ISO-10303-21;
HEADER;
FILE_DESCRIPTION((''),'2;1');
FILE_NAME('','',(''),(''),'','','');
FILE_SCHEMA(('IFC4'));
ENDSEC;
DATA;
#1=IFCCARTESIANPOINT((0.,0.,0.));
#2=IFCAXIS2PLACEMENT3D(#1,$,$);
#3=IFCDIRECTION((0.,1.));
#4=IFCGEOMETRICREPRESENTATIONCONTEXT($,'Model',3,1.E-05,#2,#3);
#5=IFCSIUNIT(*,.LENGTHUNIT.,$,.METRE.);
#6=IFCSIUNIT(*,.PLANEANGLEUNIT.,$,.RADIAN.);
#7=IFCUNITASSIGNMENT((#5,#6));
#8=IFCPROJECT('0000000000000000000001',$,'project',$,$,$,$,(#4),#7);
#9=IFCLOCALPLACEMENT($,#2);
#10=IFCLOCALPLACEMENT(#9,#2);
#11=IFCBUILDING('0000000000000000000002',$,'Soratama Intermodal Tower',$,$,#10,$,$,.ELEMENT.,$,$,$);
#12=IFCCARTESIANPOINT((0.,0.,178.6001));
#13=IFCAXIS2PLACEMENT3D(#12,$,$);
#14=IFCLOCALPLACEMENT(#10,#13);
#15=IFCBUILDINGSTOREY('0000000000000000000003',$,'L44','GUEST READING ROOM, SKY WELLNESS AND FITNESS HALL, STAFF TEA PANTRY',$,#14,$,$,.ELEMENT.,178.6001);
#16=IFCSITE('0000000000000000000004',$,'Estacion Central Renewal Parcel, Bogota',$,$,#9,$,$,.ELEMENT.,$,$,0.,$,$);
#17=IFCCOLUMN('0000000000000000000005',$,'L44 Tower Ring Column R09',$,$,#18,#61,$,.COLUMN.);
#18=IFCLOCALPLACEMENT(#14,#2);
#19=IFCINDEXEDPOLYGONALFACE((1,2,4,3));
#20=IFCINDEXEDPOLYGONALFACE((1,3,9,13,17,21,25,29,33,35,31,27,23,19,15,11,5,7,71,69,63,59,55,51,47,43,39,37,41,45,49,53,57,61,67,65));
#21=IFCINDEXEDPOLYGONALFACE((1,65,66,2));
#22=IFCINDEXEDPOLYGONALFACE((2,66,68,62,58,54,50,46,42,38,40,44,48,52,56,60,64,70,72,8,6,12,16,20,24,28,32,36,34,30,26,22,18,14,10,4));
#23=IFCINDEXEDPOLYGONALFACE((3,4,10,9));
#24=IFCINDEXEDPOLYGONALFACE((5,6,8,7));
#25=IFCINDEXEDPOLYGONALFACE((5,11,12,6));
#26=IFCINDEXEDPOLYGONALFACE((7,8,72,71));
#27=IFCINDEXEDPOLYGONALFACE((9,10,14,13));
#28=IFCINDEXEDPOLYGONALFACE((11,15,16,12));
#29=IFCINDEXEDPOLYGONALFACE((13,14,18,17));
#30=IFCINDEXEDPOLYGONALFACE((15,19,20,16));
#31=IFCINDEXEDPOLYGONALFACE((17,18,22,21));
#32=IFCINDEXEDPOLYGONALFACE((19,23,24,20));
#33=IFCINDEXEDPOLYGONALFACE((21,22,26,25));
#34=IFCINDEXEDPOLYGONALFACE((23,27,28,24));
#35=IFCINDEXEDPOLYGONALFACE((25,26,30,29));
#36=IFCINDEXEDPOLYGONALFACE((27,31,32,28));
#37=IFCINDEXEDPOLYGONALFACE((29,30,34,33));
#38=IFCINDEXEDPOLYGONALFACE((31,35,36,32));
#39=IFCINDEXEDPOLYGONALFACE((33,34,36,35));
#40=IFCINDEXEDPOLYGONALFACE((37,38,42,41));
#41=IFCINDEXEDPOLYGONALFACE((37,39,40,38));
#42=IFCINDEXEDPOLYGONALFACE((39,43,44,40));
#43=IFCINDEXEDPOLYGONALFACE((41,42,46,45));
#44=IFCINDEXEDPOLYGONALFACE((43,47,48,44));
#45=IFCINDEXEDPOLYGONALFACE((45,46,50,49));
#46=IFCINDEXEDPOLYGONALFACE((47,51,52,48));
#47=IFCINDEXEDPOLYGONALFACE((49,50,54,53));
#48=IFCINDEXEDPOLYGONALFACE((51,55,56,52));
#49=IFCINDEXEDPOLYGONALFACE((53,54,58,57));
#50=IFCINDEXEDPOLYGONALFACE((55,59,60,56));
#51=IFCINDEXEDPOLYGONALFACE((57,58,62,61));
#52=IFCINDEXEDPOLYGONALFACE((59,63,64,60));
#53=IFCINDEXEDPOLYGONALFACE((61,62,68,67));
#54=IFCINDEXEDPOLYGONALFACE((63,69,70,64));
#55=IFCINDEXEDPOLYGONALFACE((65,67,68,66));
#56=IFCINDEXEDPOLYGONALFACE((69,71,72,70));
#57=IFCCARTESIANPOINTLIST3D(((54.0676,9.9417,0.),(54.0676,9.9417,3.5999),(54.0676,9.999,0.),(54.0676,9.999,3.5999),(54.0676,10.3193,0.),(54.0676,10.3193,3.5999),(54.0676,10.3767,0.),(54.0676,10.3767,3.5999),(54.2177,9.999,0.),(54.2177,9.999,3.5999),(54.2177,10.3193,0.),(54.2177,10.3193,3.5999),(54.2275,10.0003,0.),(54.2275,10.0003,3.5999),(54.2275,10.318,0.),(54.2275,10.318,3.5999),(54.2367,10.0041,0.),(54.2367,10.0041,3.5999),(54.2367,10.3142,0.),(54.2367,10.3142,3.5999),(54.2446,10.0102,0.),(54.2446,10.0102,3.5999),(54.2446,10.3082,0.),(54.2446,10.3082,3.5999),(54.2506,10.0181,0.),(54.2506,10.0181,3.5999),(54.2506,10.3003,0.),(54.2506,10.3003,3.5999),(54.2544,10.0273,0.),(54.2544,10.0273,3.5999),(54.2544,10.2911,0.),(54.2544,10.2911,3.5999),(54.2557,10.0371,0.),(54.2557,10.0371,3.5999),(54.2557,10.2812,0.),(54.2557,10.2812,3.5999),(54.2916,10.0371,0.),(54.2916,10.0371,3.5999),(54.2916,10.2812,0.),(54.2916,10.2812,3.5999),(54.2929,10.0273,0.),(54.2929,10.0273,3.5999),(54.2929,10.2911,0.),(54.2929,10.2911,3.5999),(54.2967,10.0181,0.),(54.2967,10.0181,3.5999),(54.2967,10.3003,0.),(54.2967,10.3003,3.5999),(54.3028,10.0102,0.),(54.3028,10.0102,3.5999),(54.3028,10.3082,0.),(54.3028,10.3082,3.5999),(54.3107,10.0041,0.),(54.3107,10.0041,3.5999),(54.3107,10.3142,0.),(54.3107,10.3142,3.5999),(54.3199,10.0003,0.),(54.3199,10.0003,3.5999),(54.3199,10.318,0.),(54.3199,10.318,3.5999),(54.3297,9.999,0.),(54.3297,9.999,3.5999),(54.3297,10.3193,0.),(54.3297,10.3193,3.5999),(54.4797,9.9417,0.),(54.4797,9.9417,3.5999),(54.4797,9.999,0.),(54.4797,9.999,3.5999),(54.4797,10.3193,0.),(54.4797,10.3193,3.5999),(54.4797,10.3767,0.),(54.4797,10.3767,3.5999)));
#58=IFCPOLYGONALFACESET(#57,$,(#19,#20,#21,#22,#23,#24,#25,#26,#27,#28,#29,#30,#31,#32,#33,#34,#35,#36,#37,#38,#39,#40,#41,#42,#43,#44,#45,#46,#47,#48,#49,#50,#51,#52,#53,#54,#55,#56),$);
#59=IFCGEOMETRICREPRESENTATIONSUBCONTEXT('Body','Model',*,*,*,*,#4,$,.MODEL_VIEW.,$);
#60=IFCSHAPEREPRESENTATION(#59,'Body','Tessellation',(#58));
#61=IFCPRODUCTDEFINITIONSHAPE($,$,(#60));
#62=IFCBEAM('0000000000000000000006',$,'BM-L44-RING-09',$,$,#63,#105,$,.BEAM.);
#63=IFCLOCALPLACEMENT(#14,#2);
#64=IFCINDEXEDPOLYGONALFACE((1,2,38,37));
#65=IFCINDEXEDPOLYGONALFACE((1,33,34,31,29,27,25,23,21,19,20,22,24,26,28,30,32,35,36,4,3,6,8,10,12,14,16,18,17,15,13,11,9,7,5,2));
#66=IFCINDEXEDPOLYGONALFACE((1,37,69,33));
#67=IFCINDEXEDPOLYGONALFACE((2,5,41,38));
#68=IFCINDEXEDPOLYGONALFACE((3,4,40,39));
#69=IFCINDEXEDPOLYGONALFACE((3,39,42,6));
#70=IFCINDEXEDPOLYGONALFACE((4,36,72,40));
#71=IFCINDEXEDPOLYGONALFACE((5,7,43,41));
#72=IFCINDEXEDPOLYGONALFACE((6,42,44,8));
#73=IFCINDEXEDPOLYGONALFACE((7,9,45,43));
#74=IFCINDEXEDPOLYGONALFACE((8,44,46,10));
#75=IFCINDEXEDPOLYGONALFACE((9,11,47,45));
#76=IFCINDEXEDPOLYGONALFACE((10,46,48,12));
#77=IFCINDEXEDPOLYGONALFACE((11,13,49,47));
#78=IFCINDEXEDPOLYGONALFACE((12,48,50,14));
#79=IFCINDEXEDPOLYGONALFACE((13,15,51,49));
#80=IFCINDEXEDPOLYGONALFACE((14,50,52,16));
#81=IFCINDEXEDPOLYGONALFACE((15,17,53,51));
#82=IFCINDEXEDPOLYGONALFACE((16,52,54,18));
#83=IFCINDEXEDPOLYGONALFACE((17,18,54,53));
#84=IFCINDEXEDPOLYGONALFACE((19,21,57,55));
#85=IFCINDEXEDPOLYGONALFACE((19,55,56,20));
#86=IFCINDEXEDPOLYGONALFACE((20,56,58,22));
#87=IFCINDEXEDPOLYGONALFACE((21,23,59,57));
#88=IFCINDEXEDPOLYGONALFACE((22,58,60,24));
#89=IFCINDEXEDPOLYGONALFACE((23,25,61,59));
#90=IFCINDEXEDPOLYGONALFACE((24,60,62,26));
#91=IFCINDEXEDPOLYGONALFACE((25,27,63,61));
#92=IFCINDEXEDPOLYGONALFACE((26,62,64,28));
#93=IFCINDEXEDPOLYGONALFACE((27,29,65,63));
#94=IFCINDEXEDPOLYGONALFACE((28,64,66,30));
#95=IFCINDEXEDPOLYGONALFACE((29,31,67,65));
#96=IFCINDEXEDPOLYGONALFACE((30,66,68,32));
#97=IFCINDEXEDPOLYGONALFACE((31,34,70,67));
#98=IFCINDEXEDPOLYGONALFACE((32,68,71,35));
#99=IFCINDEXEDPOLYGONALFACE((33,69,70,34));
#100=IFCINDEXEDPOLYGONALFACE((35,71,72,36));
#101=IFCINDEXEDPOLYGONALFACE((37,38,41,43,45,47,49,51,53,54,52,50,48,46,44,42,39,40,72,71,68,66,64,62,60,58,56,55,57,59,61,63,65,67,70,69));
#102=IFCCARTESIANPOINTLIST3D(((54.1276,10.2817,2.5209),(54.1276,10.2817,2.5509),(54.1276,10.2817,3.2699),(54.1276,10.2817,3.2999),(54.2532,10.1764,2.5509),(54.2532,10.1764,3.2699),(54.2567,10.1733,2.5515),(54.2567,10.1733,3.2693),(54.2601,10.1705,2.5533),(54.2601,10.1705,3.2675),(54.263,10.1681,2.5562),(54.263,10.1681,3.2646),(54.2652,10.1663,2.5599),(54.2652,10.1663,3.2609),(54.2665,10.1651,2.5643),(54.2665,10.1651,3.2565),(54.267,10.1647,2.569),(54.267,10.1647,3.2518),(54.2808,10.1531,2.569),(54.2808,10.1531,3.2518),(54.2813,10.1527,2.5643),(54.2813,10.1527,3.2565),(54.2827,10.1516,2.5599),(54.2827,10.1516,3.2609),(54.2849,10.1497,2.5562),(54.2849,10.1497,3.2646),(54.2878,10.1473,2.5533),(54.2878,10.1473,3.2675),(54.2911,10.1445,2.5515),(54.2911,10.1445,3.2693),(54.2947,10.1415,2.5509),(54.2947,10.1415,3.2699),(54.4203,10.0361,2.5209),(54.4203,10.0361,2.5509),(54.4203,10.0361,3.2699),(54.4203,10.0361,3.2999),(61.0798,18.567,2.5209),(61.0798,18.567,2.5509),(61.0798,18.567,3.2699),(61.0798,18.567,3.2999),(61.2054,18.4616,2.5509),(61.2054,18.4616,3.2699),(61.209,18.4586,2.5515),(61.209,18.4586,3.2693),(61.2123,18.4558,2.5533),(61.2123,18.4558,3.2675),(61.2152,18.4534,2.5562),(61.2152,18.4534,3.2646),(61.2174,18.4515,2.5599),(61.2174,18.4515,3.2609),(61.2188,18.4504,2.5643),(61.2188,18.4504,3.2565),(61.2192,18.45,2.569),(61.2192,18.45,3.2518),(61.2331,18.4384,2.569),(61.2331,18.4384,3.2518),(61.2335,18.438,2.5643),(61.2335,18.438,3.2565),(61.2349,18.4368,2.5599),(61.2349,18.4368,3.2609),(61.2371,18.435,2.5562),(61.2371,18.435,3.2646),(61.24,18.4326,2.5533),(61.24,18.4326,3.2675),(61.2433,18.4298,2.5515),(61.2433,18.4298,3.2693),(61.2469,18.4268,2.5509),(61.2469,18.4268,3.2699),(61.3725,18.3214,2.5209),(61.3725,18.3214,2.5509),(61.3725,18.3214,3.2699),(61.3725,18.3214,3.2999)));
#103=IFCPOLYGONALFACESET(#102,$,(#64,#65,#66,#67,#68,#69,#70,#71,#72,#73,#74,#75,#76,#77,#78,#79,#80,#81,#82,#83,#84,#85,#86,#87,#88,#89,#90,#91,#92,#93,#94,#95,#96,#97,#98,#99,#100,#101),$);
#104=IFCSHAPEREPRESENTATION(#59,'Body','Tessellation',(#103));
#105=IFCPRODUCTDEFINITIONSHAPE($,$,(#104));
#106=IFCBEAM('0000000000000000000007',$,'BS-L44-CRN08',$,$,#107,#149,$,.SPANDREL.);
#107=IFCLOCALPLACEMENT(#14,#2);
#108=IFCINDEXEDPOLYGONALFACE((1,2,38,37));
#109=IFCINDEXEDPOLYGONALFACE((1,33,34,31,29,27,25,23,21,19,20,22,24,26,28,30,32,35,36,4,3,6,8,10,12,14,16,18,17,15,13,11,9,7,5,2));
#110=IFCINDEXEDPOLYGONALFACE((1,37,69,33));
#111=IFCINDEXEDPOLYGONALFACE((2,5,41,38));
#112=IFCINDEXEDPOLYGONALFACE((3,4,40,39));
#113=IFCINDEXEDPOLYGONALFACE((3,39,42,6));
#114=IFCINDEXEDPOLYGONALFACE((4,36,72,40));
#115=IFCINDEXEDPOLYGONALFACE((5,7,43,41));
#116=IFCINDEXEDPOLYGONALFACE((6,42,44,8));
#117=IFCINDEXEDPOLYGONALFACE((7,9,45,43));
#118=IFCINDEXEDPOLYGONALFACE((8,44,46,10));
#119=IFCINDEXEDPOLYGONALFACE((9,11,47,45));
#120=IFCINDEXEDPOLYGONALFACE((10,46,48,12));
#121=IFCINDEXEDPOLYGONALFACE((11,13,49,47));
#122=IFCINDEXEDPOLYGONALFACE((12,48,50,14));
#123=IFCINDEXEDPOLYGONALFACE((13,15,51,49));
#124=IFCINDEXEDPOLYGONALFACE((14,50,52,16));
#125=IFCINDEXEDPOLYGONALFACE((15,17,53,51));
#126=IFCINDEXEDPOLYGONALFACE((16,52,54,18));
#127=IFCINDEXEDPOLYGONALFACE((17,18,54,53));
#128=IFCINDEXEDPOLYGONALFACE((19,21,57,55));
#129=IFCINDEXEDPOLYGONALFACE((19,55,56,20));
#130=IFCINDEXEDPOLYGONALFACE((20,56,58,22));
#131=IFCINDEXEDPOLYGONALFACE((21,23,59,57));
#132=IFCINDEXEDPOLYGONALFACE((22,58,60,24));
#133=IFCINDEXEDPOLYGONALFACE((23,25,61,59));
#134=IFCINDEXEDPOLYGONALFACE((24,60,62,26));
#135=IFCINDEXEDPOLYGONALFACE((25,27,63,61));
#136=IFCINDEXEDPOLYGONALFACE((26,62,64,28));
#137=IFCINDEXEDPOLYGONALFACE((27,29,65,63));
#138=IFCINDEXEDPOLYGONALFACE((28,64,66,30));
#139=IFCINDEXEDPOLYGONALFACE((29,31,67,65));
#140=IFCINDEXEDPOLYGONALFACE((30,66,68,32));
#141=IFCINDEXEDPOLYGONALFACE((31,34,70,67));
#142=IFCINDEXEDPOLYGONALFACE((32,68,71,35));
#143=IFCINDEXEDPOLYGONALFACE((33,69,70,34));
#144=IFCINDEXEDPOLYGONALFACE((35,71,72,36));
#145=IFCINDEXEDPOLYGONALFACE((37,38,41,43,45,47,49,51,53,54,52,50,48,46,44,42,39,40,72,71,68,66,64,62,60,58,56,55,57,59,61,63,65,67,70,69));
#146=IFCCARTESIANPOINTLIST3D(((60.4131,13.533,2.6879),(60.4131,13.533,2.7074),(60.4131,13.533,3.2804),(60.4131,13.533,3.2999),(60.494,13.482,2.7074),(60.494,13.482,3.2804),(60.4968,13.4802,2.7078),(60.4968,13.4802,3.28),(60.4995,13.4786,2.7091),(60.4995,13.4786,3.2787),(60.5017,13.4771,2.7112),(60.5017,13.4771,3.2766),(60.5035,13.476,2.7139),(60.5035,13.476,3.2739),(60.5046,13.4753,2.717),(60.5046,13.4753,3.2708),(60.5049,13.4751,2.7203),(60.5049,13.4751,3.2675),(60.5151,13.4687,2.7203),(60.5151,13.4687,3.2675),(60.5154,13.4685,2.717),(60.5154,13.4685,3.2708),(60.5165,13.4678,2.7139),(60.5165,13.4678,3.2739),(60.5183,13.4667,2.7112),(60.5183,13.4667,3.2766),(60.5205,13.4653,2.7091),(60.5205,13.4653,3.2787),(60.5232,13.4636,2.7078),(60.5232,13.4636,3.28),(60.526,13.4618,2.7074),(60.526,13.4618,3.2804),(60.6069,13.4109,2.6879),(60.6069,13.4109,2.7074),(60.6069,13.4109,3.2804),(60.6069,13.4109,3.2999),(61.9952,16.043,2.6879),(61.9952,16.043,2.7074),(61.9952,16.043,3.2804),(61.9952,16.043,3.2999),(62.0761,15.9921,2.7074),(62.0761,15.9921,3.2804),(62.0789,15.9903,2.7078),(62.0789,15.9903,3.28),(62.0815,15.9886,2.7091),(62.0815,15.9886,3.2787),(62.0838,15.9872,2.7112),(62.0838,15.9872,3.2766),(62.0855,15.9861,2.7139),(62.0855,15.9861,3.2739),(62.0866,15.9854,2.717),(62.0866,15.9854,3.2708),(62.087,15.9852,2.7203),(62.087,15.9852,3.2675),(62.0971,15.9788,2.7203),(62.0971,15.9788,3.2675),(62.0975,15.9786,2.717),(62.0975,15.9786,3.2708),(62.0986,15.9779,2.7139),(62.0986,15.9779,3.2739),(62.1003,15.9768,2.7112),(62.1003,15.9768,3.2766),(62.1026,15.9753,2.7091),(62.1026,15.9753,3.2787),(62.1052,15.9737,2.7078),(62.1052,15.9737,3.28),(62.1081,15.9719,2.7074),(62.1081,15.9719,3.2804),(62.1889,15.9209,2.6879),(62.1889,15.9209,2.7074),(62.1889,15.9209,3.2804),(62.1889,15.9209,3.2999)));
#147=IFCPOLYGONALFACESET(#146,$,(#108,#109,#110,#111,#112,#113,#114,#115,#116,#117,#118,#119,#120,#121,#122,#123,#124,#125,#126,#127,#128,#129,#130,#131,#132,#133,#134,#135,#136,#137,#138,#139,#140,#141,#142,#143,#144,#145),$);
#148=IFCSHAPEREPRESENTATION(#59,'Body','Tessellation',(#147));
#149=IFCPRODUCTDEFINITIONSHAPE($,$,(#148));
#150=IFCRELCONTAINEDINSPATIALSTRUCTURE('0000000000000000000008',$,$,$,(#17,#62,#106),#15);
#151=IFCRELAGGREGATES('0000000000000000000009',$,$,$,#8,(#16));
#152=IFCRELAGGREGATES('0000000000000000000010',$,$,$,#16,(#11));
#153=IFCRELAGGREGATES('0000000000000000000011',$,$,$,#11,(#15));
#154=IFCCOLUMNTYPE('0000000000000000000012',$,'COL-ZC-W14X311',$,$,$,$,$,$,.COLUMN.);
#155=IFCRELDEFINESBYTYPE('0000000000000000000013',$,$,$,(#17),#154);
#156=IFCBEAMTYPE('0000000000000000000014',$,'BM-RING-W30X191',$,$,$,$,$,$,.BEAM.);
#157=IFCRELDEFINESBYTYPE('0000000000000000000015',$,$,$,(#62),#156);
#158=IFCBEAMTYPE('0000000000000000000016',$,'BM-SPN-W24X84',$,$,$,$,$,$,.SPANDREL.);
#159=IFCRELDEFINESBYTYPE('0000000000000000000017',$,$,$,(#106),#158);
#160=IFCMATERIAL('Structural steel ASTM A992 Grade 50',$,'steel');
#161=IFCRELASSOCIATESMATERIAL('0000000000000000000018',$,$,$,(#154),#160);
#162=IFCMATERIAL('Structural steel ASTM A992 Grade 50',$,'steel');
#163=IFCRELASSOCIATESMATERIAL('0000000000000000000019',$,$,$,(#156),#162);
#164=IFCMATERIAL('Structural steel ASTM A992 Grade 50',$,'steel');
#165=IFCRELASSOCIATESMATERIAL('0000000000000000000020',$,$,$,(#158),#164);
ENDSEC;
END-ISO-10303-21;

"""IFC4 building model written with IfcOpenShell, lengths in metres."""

from ifc_helpers import new_model, si_unit, direction, frame, origin, origin_2d, place, context, subcontext, project, spatial, i_section, extrude, material, material_profile, profile_set, type_object, element, save


model = new_model("IFC4")

# Units and contexts
model_context = context("Model", 3, precision=1e-05, world=origin(), true_north=direction((0.0, 1.0)))
body_context = subcontext(model_context, "Body", "Model", "MODEL_VIEW")
ifc_project = project(units=[si_unit("LENGTHUNIT", "METRE"), si_unit("PLANEANGLEUNIT", "RADIAN")], contexts=[model_context])

# Site, building, storey
site_placement = place(None, origin())
site = spatial("IfcSite", under=ifc_project, at=site_placement, Name="Estacion Central Renewal Parcel, Bogota", CompositionType="ELEMENT", RefElevation=0.0)
building_placement = place(site_placement, origin())
building = spatial("IfcBuilding", under=site, at=building_placement, Name="Soratama Intermodal Tower", CompositionType="ELEMENT")
storey_placement = place(building_placement, frame((0.0, 0.0, 178.6001)))
storey = spatial("IfcBuildingStorey", under=building, at=storey_placement, Name="L44", Description="GUEST READING ROOM, SKY WELLNESS AND FITNESS HALL, STAFF TEA PANTRY", CompositionType="ELEMENT", Elevation=178.6001)

# Column
ifc_material_1 = material(Name="Structural steel ASTM A992 Grade 50", Category="steel")
ifc_material_profile_1 = material_profile(ifc_material_1, i_section(OverallWidth=0.4121, OverallDepth=0.4351, WebThickness=0.0359, FlangeThickness=0.0574, FilletRadius=0.0381, at=origin_2d()), Name="W14X311")
ifc_profile_set_1 = profile_set([ifc_material_profile_1], Name="Structural steel ASTM A992 Grade 50")
column_type = type_object("IfcColumnType", Name="COL-ZC-W14X311", PredefinedType="COLUMN", material=ifc_profile_set_1)
column_placement = place(storey_placement, frame((54.2737, 10.1592, 0.0), z_axis=(0.0, 0.0, 1.0), x_axis=(1.0, 0.0, 0.0)))
element("IfcColumn", 1, at=column_placement, inside=storey, type_object=column_type, Name="L44 Tower Ring Column R09", PredefinedType="COLUMN", context=body_context, shape_type="SweptSolid", body=[
    extrude(i_section(OverallWidth=0.4121, OverallDepth=0.4351, WebThickness=0.0359, FlangeThickness=0.0574, FilletRadius=0.0381, at=origin_2d()), origin(), (0.0, 0.0, 1.0), 3.5999),
])

# Beams
ifc_material_2 = material(Name="Structural steel ASTM A992 Grade 50", Category="steel")
ifc_material_profile_2 = material_profile(ifc_material_2, i_section(OverallWidth=0.3821, OverallDepth=0.7791, WebThickness=0.0181, FlangeThickness=0.03, FilletRadius=0.0181, at=origin_2d()), Name="W30X191")
ifc_profile_set_2 = profile_set([ifc_material_profile_2], Name="Structural steel ASTM A992 Grade 50")
beam_type_1 = type_object("IfcBeamType", Name="BM-RING-W30X191", PredefinedType="BEAM", material=ifc_profile_set_2)
beam_1_placement = place(storey_placement, frame((54.2739, 10.1589, 2.9104), z_axis=(0.642792, 0.766041, 0.0), x_axis=(-0.766041, 0.642792, 0.0)))
element("IfcBeam", 2, at=beam_1_placement, inside=storey, type_object=beam_type_1, Name="BM-L44-RING-09", PredefinedType="BEAM", context=body_context, shape_type="SweptSolid", body=[
    extrude(i_section(OverallWidth=0.3821, OverallDepth=0.7791, WebThickness=0.0181, FlangeThickness=0.03, FilletRadius=0.0181, at=origin_2d()), origin(), (0.0, 0.0, 1.0), 10.8157),
])
ifc_material_3 = material(Name="Structural steel ASTM A992 Grade 50", Category="steel")
ifc_material_profile_3 = material_profile(ifc_material_3, i_section(OverallWidth=0.229, OverallDepth=0.6121, WebThickness=0.012, FlangeThickness=0.0195, FilletRadius=0.0129, at=origin_2d()), Name="W24X84")
ifc_profile_set_3 = profile_set([ifc_material_profile_3], Name="Structural steel ASTM A992 Grade 50")
beam_type_2 = type_object("IfcBeamType", Name="BM-SPN-W24X84", PredefinedType="SPANDREL", material=ifc_profile_set_3)
beam_2_placement = place(storey_placement, frame((60.51, 13.4719, 2.9939), z_axis=(0.533213, 0.845981, 0.0), x_axis=(-0.845981, 0.533213, 0.0)))
element("IfcBeam", 3, at=beam_2_placement, inside=storey, type_object=beam_type_2, Name="BS-L44-CRN08", PredefinedType="SPANDREL", context=body_context, shape_type="SweptSolid", body=[
    extrude(i_section(OverallWidth=0.229, OverallDepth=0.6121, WebThickness=0.012, FlangeThickness=0.0195, FilletRadius=0.0129, at=origin_2d()), origin(), (0.0, 0.0, 1.0), 2.967),
])

save(model, "model.ifc")
